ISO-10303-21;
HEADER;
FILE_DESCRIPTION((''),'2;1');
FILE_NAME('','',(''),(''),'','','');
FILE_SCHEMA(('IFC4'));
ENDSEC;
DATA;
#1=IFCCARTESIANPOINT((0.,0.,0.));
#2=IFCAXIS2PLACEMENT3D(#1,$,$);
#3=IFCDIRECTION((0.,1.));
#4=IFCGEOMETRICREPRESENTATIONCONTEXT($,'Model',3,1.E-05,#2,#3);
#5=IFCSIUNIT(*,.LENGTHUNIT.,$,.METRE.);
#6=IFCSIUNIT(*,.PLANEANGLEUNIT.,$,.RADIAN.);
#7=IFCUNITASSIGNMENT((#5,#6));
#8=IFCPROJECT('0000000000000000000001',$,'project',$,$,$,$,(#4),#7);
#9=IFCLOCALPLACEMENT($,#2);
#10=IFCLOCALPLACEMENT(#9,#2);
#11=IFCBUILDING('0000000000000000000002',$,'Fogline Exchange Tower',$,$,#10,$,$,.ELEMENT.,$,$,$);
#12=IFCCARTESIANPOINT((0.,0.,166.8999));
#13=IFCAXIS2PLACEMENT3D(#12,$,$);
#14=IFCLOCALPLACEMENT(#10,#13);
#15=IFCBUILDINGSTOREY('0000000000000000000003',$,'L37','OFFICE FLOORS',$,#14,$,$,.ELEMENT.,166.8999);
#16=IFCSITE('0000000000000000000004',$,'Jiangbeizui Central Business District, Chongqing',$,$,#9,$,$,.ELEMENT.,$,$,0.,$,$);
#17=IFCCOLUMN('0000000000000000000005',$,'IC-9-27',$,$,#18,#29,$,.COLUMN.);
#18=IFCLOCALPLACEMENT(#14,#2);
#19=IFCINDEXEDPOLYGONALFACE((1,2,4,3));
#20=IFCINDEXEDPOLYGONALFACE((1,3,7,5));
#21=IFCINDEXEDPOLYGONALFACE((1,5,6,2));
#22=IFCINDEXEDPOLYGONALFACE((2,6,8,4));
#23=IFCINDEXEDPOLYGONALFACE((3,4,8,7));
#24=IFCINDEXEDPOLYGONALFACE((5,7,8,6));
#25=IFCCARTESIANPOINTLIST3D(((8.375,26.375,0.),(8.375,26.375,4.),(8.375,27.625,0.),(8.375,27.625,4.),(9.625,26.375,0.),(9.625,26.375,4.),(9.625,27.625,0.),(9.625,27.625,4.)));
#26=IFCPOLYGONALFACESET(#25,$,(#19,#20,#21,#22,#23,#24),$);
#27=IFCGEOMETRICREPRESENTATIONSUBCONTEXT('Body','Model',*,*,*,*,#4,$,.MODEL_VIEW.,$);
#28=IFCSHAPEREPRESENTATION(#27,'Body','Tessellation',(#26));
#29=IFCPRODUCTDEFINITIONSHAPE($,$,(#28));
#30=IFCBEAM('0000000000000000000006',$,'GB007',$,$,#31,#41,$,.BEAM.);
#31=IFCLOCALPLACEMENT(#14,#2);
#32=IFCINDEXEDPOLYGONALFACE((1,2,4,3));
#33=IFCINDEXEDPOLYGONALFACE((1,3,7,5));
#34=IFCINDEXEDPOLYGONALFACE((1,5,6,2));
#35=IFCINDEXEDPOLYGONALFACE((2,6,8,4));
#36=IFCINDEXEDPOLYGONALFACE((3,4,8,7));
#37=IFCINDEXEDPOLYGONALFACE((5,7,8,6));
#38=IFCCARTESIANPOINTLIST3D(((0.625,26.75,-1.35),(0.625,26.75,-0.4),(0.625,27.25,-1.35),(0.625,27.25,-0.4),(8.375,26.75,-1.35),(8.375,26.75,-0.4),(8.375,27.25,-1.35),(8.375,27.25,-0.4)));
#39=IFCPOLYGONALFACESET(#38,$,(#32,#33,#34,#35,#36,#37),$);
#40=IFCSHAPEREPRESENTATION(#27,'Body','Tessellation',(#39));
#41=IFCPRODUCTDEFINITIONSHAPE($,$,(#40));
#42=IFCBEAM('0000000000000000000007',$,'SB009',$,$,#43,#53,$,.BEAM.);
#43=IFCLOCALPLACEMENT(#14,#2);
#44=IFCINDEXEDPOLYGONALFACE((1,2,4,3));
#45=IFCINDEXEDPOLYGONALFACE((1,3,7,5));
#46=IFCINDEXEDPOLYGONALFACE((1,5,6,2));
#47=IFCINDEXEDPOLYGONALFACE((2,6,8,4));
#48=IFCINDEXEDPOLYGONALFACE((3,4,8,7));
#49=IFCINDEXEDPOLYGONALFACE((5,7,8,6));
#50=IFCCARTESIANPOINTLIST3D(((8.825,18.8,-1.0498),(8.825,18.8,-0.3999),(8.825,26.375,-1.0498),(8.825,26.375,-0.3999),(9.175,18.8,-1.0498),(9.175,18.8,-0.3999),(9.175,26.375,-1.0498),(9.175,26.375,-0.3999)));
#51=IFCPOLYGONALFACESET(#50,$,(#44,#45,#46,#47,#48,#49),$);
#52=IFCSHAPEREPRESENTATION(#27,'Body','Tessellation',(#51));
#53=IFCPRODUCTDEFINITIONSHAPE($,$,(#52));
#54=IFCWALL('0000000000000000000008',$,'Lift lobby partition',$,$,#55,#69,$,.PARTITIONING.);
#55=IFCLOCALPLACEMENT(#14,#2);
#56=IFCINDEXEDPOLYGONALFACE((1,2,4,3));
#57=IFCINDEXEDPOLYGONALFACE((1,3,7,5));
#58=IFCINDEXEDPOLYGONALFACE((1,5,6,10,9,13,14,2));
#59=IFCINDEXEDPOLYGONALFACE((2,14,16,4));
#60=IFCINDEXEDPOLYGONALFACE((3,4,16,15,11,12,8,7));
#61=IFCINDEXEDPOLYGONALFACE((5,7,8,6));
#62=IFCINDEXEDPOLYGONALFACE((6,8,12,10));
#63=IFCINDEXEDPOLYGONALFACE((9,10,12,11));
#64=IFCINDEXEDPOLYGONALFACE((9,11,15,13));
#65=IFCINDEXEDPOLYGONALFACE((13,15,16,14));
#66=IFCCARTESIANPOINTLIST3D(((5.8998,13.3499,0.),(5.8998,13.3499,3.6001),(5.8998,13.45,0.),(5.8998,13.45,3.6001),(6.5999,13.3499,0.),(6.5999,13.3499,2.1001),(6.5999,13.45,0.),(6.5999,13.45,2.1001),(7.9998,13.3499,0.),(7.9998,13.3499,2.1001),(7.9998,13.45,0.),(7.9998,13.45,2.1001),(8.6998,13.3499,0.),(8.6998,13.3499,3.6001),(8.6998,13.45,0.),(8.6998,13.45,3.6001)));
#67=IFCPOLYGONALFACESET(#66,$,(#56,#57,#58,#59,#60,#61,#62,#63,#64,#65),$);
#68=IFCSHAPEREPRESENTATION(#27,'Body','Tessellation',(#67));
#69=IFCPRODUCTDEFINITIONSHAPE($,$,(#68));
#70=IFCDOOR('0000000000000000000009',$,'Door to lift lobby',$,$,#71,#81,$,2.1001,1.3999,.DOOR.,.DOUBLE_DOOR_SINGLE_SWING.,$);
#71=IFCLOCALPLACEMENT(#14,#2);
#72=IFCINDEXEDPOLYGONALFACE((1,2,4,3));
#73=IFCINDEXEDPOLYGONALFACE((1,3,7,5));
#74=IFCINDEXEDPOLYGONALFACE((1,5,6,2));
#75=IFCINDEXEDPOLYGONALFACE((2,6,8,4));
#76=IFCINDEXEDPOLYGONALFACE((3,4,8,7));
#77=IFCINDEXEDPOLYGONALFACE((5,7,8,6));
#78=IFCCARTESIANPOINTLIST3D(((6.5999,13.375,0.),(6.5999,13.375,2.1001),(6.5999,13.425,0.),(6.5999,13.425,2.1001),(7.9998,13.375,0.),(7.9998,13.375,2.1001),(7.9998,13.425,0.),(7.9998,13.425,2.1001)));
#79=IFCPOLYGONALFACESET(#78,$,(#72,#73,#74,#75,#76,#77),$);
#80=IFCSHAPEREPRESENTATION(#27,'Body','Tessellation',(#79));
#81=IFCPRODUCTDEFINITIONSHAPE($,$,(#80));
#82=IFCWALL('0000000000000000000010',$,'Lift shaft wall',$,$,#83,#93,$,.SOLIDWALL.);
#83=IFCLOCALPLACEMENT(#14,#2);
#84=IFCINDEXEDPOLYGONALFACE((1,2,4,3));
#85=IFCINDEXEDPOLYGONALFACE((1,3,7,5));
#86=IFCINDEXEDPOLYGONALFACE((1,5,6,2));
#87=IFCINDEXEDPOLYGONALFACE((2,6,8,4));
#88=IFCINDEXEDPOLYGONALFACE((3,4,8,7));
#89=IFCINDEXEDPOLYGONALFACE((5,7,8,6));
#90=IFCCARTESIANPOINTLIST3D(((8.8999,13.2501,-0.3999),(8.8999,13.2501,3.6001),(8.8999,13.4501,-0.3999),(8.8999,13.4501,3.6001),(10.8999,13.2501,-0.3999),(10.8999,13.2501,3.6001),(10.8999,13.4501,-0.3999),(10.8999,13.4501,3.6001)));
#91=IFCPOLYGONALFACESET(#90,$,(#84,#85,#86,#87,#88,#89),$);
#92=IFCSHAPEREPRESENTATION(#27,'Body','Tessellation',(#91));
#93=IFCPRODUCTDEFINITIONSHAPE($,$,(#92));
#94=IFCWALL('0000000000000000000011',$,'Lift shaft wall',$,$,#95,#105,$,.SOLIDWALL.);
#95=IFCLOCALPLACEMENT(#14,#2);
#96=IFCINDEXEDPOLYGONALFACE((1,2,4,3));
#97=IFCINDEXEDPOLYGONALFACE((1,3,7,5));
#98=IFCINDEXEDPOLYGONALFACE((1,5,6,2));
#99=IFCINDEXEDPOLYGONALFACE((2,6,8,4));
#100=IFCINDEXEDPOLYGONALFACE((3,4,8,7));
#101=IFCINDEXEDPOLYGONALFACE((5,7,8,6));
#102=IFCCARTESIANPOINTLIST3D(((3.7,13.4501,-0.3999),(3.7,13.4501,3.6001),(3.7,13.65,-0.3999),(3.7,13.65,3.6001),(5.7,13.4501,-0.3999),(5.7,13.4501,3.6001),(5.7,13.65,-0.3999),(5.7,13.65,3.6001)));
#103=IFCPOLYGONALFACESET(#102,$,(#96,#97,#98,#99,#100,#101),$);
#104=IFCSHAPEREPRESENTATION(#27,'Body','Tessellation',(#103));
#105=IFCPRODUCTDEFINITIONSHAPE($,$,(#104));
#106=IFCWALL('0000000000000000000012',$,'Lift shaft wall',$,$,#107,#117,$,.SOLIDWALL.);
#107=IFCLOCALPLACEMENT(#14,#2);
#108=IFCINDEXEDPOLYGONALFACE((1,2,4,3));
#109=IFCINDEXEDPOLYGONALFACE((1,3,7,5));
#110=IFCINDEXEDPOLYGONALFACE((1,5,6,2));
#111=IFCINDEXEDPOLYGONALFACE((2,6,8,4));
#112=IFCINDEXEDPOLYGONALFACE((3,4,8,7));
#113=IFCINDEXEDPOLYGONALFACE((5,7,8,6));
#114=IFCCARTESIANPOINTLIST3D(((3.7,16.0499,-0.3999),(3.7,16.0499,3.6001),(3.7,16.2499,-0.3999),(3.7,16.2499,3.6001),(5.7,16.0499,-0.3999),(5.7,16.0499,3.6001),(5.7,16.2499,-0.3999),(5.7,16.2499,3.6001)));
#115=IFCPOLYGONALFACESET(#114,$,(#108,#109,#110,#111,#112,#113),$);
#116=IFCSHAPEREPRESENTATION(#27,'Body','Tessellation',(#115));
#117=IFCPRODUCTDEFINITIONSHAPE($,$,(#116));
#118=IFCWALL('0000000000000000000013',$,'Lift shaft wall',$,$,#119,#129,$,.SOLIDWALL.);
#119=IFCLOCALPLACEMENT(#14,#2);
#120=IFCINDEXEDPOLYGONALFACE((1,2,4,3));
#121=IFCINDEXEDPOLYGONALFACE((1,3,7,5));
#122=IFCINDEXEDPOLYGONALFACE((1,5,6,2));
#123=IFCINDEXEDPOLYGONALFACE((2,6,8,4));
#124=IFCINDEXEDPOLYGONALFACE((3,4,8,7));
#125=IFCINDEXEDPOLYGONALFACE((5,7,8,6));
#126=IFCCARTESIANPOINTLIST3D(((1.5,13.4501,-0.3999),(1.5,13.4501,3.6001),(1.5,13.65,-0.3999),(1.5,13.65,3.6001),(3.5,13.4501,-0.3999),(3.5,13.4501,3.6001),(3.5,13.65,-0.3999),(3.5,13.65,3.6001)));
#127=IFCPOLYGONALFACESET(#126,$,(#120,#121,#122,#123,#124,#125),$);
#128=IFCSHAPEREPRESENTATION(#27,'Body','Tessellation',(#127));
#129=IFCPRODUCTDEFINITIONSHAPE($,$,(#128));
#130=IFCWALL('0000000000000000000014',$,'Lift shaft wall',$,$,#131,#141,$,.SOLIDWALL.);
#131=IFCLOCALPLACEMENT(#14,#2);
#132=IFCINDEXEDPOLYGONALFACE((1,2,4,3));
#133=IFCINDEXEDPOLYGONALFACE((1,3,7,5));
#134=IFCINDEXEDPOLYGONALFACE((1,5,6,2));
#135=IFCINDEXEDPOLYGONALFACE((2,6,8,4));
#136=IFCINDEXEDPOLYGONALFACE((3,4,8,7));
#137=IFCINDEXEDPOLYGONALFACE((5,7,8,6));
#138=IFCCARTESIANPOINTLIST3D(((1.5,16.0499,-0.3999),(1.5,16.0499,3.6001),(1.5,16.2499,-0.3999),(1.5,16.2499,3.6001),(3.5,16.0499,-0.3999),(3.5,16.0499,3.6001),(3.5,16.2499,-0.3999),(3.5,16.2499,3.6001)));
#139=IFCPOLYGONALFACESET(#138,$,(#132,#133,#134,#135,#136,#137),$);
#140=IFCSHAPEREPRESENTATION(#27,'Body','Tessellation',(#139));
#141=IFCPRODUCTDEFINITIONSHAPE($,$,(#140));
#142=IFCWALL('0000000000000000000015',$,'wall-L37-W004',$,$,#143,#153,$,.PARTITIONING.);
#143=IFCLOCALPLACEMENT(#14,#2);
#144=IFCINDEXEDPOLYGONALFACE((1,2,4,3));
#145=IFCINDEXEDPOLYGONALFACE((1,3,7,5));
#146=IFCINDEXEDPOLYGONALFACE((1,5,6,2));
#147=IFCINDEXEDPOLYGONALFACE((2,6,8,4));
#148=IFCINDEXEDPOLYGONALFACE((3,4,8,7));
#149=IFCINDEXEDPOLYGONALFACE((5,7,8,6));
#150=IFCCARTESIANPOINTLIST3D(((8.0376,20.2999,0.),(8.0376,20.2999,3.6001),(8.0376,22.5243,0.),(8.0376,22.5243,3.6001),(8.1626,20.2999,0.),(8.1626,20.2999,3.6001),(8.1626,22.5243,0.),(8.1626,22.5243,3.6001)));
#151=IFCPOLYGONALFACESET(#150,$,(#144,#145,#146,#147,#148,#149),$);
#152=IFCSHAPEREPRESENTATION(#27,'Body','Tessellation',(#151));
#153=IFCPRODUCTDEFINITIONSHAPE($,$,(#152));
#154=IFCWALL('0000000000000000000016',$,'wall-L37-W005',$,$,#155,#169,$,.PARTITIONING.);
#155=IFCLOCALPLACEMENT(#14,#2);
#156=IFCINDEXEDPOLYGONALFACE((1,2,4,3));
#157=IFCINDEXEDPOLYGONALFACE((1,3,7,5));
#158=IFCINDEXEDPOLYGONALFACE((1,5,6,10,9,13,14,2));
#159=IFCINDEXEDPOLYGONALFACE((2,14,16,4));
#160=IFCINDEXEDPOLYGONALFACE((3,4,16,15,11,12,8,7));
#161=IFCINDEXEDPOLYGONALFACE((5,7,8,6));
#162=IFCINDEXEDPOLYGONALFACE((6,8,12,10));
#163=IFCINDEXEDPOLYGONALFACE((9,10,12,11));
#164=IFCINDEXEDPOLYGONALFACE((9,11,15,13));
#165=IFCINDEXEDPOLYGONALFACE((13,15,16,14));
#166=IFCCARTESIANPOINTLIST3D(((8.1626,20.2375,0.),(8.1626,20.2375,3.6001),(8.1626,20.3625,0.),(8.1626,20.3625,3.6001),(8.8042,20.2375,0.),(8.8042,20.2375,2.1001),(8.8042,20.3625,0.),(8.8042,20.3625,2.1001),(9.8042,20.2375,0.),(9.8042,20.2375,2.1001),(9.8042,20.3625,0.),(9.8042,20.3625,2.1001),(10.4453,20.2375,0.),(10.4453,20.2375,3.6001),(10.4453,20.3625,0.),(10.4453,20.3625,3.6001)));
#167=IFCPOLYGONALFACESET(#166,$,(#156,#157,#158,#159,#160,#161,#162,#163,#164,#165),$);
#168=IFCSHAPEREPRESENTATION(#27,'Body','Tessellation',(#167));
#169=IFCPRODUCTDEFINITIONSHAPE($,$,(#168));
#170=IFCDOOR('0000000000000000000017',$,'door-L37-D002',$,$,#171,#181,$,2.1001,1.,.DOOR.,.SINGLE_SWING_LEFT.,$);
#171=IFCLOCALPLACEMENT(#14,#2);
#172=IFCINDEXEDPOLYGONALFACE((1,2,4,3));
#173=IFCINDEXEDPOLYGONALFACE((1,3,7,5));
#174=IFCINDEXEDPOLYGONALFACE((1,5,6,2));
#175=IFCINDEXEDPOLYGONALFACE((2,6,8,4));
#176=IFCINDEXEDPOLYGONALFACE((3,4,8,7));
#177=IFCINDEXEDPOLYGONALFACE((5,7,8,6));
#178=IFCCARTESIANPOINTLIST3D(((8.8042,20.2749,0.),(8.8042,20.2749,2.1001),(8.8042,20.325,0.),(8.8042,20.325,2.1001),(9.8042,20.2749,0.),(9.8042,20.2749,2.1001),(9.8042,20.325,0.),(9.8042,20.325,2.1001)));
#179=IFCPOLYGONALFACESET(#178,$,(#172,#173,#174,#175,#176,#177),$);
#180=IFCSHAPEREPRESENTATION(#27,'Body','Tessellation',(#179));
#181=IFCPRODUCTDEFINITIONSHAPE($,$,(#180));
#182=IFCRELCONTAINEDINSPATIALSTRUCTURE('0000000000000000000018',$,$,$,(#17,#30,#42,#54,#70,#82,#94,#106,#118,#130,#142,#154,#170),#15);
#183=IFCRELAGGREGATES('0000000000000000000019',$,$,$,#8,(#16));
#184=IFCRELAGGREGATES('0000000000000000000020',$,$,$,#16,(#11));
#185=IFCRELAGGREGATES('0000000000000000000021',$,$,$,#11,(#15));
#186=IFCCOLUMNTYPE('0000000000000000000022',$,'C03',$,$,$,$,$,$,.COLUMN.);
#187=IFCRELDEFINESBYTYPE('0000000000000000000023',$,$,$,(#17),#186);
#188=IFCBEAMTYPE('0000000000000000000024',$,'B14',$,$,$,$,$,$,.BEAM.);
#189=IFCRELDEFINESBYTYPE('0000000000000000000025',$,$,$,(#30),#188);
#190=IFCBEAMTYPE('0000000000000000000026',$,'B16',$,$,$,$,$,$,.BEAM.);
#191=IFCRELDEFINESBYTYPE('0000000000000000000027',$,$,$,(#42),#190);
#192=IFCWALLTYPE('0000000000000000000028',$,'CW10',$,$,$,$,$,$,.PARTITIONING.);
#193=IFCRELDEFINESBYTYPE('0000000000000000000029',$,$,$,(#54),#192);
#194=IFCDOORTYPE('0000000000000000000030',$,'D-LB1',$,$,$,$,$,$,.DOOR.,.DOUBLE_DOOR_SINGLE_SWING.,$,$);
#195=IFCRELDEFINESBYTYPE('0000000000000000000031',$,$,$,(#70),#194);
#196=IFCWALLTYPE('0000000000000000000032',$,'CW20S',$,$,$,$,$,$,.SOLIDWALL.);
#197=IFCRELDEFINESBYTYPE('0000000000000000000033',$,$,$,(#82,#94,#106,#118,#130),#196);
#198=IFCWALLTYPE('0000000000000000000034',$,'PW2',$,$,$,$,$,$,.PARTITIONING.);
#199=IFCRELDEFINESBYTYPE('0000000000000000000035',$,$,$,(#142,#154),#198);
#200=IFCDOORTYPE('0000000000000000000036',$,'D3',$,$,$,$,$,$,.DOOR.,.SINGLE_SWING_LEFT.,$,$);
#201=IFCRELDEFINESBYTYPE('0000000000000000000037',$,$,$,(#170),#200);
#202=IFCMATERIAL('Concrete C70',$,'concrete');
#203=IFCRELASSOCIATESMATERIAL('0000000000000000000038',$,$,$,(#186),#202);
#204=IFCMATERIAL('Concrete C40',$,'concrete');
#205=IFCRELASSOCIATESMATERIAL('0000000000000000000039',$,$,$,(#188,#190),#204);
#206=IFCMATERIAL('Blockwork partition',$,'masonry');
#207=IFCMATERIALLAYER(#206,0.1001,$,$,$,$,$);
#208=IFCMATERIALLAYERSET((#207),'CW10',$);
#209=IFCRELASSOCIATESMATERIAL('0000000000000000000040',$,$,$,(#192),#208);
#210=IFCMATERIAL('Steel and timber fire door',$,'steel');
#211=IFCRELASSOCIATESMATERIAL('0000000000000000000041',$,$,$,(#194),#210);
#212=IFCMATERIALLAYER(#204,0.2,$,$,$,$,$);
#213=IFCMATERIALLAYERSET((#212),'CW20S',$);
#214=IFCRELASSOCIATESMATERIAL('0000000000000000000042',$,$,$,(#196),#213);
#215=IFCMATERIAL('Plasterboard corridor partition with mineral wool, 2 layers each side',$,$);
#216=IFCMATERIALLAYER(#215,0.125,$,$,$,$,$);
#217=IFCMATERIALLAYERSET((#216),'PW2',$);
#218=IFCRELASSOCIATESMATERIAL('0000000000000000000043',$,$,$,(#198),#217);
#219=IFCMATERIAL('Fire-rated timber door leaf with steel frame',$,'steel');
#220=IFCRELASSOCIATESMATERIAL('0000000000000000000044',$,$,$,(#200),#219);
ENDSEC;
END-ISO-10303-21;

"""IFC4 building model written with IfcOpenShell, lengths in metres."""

from ifc_helpers import new_model, si_unit, direction, frame, frame_2d, origin, origin_2d, place, context, subcontext, project, spatial, rectangle, extrude, material, layer, layer_set, material_profile, profile_set, type_object, element, fill, save


model = new_model("IFC4")

# Units and contexts
model_context = context("Model", 3, precision=1e-05, world=origin(), true_north=direction((0.0, 1.0)))
body_context = subcontext(model_context, "Body", "Model", "MODEL_VIEW")
ifc_project = project(units=[si_unit("LENGTHUNIT", "METRE"), si_unit("PLANEANGLEUNIT", "RADIAN")], contexts=[model_context])

# Site, building, storey
site_placement = place(None, origin())
site = spatial("IfcSite", under=ifc_project, at=site_placement, Name="Jiangbeizui Central Business District, Chongqing", CompositionType="ELEMENT", RefElevation=0.0)
building_placement = place(site_placement, origin())
building = spatial("IfcBuilding", under=site, at=building_placement, Name="Fogline Exchange Tower", CompositionType="ELEMENT")
storey_placement = place(building_placement, frame((0.0, 0.0, 166.8999)))
storey = spatial("IfcBuildingStorey", under=building, at=storey_placement, Name="L37", Description="OFFICE FLOORS", CompositionType="ELEMENT", Elevation=166.8999)

# Column
ifc_material_1 = material(Name="Concrete C70", Category="concrete")
ifc_material_profile_1 = material_profile(ifc_material_1, rectangle(XDim=1.25, YDim=1.25, at=origin_2d()), Name="RC 1250x1250")
ifc_profile_set_1 = profile_set([ifc_material_profile_1], Name="Concrete C70")
column_type = type_object("IfcColumnType", Name="C03", PredefinedType="COLUMN", material=ifc_profile_set_1)
column_placement = place(storey_placement, frame((9.0, 27.0, 0.0), z_axis=(0.0, 0.0, 1.0), x_axis=(1.0, 0.0, 0.0)))
element("IfcColumn", 1, at=column_placement, inside=storey, type_object=column_type, Name="IC-9-27", PredefinedType="COLUMN", context=body_context, shape_type="SweptSolid", body=[
    extrude(rectangle(XDim=1.25, YDim=1.25, at=origin_2d()), origin(), (0.0, 0.0, 1.0), 4.0),
])

# Beams
ifc_material_2 = material(Name="Concrete C40", Category="concrete")
ifc_material_profile_2 = material_profile(ifc_material_2, rectangle(XDim=0.5, YDim=0.95, at=origin_2d()), Name="RC 500x950")
ifc_profile_set_2 = profile_set([ifc_material_profile_2], Name="Concrete C40")
beam_type_1 = type_object("IfcBeamType", Name="B14", PredefinedType="BEAM", material=ifc_profile_set_2)
beam_1_placement = place(storey_placement, frame((0.625, 27.0, -0.875), z_axis=(1.0, 0.0, 0.0), x_axis=(0.0, 1.0, 0.0)))
element("IfcBeam", 2, at=beam_1_placement, inside=storey, type_object=beam_type_1, Name="GB007", PredefinedType="BEAM", context=body_context, shape_type="SweptSolid", body=[
    extrude(rectangle(XDim=0.5, YDim=0.95, at=origin_2d()), origin(), (0.0, 0.0, 1.0), 7.75),
])
ifc_material_profile_3 = material_profile(ifc_material_2, rectangle(XDim=0.3501, YDim=0.6499, at=origin_2d()), Name="RC 350x650")
ifc_profile_set_3 = profile_set([ifc_material_profile_3], Name="Concrete C40")
beam_type_2 = type_object("IfcBeamType", Name="B16", PredefinedType="BEAM", material=ifc_profile_set_3)
beam_2_placement = place(storey_placement, frame((9.0, 18.8, -0.7249), z_axis=(0.0, 1.0, 0.0), x_axis=(-1.0, 0.0, 0.0)))
element("IfcBeam", 3, at=beam_2_placement, inside=storey, type_object=beam_type_2, Name="SB009", PredefinedType="BEAM", context=body_context, shape_type="SweptSolid", body=[
    extrude(rectangle(XDim=0.3501, YDim=0.6499, at=origin_2d()), origin(), (0.0, 0.0, 1.0), 7.575),
])

# Wall, opening, door
ifc_material_3 = material(Name="Blockwork partition", Category="masonry")
ifc_layer_1 = layer(ifc_material_3, 0.1001)
ifc_layer_set_1 = layer_set([ifc_layer_1], Name="CW10")
wall_type_1 = type_object("IfcWallType", Name="CW10", PredefinedType="PARTITIONING", material=ifc_layer_set_1)
wall_1_placement = place(storey_placement, frame((5.8999, 13.3999, 0.0), z_axis=(0.0, 0.0, 1.0), x_axis=(1.0, 0.0, 0.0)))
wall_1 = element("IfcWall", 4, at=wall_1_placement, inside=storey, type_object=wall_type_1, Name="Lift lobby partition", PredefinedType="PARTITIONING", context=body_context, shape_type="SweptSolid", body=[
    extrude(rectangle(XDim=2.8, YDim=0.1001, at=frame_2d((1.3999, 0.0))), origin(), (0.0, 0.0, 1.0), 3.6001),
])
opening_1_placement = place(wall_1_placement, frame((0.7, 0.0, 0.0)))
opening_1 = element("IfcOpeningElement", 5, at=opening_1_placement, cuts=wall_1, PredefinedType="OPENING", context=body_context, shape_type="SweptSolid", body=[
    extrude(rectangle(XDim=1.3999, YDim=2.1001, at=frame_2d((0.7, 1.05))), frame((0.0, 0.0601, 0.0), z_axis=(0.0, -1.0, 0.0), x_axis=(1.0, 0.0, 0.0)), (0.0, 0.0, 1.0), 0.1201),
])
ifc_material_4 = material(Name="Steel and timber fire door", Category="steel")
door_type_1 = type_object("IfcDoorType", Name="D-LB1", OperationType="DOUBLE_DOOR_SINGLE_SWING", PredefinedType="DOOR", material=ifc_material_4)
door_1_placement = place(opening_1_placement, frame((1.3999, 0.0, 0.0), z_axis=(0.0, 0.0, 1.0), x_axis=(-1.0, 0.0, 0.0)))
door_1 = element("IfcDoor", 6, at=door_1_placement, inside=storey, type_object=door_type_1, Name="Door to lift lobby", OperationType="DOUBLE_DOOR_SINGLE_SWING", OverallHeight=2.1001, OverallWidth=1.3999, PredefinedType="DOOR", context=body_context, shape_type="SweptSolid", body=[
    extrude(rectangle(XDim=1.3999, YDim=2.1001, at=frame_2d((0.7, 1.05))), frame((0.0, 0.0249, 0.0), z_axis=(0.0, -1.0, 0.0), x_axis=(1.0, 0.0, 0.0)), (0.0, 0.0, 1.0), 0.05),
])
fill(opening_1, door_1)

# Walls
ifc_layer_2 = layer(ifc_material_2, 0.2)
ifc_layer_set_2 = layer_set([ifc_layer_2], Name="CW20S")
wall_type_2 = type_object("IfcWallType", Name="CW20S", PredefinedType="SOLIDWALL", material=ifc_layer_set_2)
for number, where, z_axis, x_axis, name in (
    (7, (8.8999, 13.3501, -0.3999), (0.0, 0.0, 1.0), (1.0, 0.0, 0.0), "Lift shaft wall"),
    (8, (3.7, 13.55, -0.3999), (0.0, 0.0, 1.0), (1.0, 0.0, 0.0), "Lift shaft wall"),
    (9, (3.7, 16.1499, -0.3999), (0.0, 0.0, 1.0), (1.0, 0.0, 0.0), "Lift shaft wall"),
    (10, (1.5, 13.55, -0.3999), (0.0, 0.0, 1.0), (1.0, 0.0, 0.0), "Lift shaft wall"),
    (11, (1.5, 16.1499, -0.3999), (0.0, 0.0, 1.0), (1.0, 0.0, 0.0), "Lift shaft wall"),
):
    element("IfcWall", number, at=place(storey_placement, frame(where, z_axis=z_axis, x_axis=x_axis)), inside=storey, type_object=wall_type_2, Name=name, PredefinedType="SOLIDWALL", context=body_context, shape_type="SweptSolid", body=[
        extrude(rectangle(XDim=2.0, YDim=0.2, at=frame_2d((1.0, 0.0))), origin(), (0.0, 0.0, 1.0), 4.0),
    ])
ifc_material_5 = material(Name="Plasterboard corridor partition with mineral wool, 2 layers each side")
ifc_layer_3 = layer(ifc_material_5, 0.125)
ifc_layer_set_3 = layer_set([ifc_layer_3], Name="PW2")
wall_type_3 = type_object("IfcWallType", Name="PW2", PredefinedType="PARTITIONING", material=ifc_layer_set_3)
wall_2_placement = place(storey_placement, frame((8.1001, 22.5244, 0.0), z_axis=(0.0, 0.0, 1.0), x_axis=(0.0, -1.0, 0.0)))
element("IfcWall", 12, at=wall_2_placement, inside=storey, type_object=wall_type_3, Name="wall-L37-W004", PredefinedType="PARTITIONING", context=body_context, shape_type="SweptSolid", body=[
    extrude(rectangle(XDim=2.2244, YDim=0.125, at=frame_2d((1.1123, 0.0))), origin(), (0.0, 0.0, 1.0), 3.6001),
])

# Wall, opening, door
wall_3_placement = place(storey_placement, frame((8.1626, 20.3, 0.0), z_axis=(0.0, 0.0, 1.0), x_axis=(1.0, 0.0, 0.0)))
wall_3 = element("IfcWall", 13, at=wall_3_placement, inside=storey, type_object=wall_type_3, Name="wall-L37-W005", PredefinedType="PARTITIONING", context=body_context, shape_type="SweptSolid", body=[
    extrude(rectangle(XDim=2.2827, YDim=0.125, at=frame_2d((1.1414, 0.0))), origin(), (0.0, 0.0, 1.0), 3.6001),
])
opening_2_placement = place(wall_3_placement, frame((0.6416, 0.0, 0.0)))
opening_2 = element("IfcOpeningElement", 14, at=opening_2_placement, cuts=wall_3, PredefinedType="OPENING", context=body_context, shape_type="SweptSolid", body=[
    extrude(rectangle(XDim=1.0, YDim=2.1001, at=frame_2d((0.5, 1.05))), frame((0.0, 0.0725, 0.0), z_axis=(0.0, -1.0, 0.0), x_axis=(1.0, 0.0, 0.0)), (0.0, 0.0, 1.0), 0.145),
])
ifc_material_6 = material(Name="Fire-rated timber door leaf with steel frame", Category="steel")
door_type_2 = type_object("IfcDoorType", Name="D3", OperationType="SINGLE_SWING_LEFT", PredefinedType="DOOR", material=ifc_material_6)
door_2_placement = place(opening_2_placement, origin())
door_2 = element("IfcDoor", 15, at=door_2_placement, inside=storey, type_object=door_type_2, Name="door-L37-D002", OperationType="SINGLE_SWING_LEFT", OverallHeight=2.1001, OverallWidth=1.0, PredefinedType="DOOR", context=body_context, shape_type="SweptSolid", body=[
    extrude(rectangle(XDim=1.0, YDim=2.1001, at=frame_2d((0.5, 1.05))), frame((0.0, 0.0249, 0.0), z_axis=(0.0, -1.0, 0.0), x_axis=(1.0, 0.0, 0.0)), (0.0, 0.0, 1.0), 0.05),
])
fill(opening_2, door_2)

save(model, "model.ifc")
